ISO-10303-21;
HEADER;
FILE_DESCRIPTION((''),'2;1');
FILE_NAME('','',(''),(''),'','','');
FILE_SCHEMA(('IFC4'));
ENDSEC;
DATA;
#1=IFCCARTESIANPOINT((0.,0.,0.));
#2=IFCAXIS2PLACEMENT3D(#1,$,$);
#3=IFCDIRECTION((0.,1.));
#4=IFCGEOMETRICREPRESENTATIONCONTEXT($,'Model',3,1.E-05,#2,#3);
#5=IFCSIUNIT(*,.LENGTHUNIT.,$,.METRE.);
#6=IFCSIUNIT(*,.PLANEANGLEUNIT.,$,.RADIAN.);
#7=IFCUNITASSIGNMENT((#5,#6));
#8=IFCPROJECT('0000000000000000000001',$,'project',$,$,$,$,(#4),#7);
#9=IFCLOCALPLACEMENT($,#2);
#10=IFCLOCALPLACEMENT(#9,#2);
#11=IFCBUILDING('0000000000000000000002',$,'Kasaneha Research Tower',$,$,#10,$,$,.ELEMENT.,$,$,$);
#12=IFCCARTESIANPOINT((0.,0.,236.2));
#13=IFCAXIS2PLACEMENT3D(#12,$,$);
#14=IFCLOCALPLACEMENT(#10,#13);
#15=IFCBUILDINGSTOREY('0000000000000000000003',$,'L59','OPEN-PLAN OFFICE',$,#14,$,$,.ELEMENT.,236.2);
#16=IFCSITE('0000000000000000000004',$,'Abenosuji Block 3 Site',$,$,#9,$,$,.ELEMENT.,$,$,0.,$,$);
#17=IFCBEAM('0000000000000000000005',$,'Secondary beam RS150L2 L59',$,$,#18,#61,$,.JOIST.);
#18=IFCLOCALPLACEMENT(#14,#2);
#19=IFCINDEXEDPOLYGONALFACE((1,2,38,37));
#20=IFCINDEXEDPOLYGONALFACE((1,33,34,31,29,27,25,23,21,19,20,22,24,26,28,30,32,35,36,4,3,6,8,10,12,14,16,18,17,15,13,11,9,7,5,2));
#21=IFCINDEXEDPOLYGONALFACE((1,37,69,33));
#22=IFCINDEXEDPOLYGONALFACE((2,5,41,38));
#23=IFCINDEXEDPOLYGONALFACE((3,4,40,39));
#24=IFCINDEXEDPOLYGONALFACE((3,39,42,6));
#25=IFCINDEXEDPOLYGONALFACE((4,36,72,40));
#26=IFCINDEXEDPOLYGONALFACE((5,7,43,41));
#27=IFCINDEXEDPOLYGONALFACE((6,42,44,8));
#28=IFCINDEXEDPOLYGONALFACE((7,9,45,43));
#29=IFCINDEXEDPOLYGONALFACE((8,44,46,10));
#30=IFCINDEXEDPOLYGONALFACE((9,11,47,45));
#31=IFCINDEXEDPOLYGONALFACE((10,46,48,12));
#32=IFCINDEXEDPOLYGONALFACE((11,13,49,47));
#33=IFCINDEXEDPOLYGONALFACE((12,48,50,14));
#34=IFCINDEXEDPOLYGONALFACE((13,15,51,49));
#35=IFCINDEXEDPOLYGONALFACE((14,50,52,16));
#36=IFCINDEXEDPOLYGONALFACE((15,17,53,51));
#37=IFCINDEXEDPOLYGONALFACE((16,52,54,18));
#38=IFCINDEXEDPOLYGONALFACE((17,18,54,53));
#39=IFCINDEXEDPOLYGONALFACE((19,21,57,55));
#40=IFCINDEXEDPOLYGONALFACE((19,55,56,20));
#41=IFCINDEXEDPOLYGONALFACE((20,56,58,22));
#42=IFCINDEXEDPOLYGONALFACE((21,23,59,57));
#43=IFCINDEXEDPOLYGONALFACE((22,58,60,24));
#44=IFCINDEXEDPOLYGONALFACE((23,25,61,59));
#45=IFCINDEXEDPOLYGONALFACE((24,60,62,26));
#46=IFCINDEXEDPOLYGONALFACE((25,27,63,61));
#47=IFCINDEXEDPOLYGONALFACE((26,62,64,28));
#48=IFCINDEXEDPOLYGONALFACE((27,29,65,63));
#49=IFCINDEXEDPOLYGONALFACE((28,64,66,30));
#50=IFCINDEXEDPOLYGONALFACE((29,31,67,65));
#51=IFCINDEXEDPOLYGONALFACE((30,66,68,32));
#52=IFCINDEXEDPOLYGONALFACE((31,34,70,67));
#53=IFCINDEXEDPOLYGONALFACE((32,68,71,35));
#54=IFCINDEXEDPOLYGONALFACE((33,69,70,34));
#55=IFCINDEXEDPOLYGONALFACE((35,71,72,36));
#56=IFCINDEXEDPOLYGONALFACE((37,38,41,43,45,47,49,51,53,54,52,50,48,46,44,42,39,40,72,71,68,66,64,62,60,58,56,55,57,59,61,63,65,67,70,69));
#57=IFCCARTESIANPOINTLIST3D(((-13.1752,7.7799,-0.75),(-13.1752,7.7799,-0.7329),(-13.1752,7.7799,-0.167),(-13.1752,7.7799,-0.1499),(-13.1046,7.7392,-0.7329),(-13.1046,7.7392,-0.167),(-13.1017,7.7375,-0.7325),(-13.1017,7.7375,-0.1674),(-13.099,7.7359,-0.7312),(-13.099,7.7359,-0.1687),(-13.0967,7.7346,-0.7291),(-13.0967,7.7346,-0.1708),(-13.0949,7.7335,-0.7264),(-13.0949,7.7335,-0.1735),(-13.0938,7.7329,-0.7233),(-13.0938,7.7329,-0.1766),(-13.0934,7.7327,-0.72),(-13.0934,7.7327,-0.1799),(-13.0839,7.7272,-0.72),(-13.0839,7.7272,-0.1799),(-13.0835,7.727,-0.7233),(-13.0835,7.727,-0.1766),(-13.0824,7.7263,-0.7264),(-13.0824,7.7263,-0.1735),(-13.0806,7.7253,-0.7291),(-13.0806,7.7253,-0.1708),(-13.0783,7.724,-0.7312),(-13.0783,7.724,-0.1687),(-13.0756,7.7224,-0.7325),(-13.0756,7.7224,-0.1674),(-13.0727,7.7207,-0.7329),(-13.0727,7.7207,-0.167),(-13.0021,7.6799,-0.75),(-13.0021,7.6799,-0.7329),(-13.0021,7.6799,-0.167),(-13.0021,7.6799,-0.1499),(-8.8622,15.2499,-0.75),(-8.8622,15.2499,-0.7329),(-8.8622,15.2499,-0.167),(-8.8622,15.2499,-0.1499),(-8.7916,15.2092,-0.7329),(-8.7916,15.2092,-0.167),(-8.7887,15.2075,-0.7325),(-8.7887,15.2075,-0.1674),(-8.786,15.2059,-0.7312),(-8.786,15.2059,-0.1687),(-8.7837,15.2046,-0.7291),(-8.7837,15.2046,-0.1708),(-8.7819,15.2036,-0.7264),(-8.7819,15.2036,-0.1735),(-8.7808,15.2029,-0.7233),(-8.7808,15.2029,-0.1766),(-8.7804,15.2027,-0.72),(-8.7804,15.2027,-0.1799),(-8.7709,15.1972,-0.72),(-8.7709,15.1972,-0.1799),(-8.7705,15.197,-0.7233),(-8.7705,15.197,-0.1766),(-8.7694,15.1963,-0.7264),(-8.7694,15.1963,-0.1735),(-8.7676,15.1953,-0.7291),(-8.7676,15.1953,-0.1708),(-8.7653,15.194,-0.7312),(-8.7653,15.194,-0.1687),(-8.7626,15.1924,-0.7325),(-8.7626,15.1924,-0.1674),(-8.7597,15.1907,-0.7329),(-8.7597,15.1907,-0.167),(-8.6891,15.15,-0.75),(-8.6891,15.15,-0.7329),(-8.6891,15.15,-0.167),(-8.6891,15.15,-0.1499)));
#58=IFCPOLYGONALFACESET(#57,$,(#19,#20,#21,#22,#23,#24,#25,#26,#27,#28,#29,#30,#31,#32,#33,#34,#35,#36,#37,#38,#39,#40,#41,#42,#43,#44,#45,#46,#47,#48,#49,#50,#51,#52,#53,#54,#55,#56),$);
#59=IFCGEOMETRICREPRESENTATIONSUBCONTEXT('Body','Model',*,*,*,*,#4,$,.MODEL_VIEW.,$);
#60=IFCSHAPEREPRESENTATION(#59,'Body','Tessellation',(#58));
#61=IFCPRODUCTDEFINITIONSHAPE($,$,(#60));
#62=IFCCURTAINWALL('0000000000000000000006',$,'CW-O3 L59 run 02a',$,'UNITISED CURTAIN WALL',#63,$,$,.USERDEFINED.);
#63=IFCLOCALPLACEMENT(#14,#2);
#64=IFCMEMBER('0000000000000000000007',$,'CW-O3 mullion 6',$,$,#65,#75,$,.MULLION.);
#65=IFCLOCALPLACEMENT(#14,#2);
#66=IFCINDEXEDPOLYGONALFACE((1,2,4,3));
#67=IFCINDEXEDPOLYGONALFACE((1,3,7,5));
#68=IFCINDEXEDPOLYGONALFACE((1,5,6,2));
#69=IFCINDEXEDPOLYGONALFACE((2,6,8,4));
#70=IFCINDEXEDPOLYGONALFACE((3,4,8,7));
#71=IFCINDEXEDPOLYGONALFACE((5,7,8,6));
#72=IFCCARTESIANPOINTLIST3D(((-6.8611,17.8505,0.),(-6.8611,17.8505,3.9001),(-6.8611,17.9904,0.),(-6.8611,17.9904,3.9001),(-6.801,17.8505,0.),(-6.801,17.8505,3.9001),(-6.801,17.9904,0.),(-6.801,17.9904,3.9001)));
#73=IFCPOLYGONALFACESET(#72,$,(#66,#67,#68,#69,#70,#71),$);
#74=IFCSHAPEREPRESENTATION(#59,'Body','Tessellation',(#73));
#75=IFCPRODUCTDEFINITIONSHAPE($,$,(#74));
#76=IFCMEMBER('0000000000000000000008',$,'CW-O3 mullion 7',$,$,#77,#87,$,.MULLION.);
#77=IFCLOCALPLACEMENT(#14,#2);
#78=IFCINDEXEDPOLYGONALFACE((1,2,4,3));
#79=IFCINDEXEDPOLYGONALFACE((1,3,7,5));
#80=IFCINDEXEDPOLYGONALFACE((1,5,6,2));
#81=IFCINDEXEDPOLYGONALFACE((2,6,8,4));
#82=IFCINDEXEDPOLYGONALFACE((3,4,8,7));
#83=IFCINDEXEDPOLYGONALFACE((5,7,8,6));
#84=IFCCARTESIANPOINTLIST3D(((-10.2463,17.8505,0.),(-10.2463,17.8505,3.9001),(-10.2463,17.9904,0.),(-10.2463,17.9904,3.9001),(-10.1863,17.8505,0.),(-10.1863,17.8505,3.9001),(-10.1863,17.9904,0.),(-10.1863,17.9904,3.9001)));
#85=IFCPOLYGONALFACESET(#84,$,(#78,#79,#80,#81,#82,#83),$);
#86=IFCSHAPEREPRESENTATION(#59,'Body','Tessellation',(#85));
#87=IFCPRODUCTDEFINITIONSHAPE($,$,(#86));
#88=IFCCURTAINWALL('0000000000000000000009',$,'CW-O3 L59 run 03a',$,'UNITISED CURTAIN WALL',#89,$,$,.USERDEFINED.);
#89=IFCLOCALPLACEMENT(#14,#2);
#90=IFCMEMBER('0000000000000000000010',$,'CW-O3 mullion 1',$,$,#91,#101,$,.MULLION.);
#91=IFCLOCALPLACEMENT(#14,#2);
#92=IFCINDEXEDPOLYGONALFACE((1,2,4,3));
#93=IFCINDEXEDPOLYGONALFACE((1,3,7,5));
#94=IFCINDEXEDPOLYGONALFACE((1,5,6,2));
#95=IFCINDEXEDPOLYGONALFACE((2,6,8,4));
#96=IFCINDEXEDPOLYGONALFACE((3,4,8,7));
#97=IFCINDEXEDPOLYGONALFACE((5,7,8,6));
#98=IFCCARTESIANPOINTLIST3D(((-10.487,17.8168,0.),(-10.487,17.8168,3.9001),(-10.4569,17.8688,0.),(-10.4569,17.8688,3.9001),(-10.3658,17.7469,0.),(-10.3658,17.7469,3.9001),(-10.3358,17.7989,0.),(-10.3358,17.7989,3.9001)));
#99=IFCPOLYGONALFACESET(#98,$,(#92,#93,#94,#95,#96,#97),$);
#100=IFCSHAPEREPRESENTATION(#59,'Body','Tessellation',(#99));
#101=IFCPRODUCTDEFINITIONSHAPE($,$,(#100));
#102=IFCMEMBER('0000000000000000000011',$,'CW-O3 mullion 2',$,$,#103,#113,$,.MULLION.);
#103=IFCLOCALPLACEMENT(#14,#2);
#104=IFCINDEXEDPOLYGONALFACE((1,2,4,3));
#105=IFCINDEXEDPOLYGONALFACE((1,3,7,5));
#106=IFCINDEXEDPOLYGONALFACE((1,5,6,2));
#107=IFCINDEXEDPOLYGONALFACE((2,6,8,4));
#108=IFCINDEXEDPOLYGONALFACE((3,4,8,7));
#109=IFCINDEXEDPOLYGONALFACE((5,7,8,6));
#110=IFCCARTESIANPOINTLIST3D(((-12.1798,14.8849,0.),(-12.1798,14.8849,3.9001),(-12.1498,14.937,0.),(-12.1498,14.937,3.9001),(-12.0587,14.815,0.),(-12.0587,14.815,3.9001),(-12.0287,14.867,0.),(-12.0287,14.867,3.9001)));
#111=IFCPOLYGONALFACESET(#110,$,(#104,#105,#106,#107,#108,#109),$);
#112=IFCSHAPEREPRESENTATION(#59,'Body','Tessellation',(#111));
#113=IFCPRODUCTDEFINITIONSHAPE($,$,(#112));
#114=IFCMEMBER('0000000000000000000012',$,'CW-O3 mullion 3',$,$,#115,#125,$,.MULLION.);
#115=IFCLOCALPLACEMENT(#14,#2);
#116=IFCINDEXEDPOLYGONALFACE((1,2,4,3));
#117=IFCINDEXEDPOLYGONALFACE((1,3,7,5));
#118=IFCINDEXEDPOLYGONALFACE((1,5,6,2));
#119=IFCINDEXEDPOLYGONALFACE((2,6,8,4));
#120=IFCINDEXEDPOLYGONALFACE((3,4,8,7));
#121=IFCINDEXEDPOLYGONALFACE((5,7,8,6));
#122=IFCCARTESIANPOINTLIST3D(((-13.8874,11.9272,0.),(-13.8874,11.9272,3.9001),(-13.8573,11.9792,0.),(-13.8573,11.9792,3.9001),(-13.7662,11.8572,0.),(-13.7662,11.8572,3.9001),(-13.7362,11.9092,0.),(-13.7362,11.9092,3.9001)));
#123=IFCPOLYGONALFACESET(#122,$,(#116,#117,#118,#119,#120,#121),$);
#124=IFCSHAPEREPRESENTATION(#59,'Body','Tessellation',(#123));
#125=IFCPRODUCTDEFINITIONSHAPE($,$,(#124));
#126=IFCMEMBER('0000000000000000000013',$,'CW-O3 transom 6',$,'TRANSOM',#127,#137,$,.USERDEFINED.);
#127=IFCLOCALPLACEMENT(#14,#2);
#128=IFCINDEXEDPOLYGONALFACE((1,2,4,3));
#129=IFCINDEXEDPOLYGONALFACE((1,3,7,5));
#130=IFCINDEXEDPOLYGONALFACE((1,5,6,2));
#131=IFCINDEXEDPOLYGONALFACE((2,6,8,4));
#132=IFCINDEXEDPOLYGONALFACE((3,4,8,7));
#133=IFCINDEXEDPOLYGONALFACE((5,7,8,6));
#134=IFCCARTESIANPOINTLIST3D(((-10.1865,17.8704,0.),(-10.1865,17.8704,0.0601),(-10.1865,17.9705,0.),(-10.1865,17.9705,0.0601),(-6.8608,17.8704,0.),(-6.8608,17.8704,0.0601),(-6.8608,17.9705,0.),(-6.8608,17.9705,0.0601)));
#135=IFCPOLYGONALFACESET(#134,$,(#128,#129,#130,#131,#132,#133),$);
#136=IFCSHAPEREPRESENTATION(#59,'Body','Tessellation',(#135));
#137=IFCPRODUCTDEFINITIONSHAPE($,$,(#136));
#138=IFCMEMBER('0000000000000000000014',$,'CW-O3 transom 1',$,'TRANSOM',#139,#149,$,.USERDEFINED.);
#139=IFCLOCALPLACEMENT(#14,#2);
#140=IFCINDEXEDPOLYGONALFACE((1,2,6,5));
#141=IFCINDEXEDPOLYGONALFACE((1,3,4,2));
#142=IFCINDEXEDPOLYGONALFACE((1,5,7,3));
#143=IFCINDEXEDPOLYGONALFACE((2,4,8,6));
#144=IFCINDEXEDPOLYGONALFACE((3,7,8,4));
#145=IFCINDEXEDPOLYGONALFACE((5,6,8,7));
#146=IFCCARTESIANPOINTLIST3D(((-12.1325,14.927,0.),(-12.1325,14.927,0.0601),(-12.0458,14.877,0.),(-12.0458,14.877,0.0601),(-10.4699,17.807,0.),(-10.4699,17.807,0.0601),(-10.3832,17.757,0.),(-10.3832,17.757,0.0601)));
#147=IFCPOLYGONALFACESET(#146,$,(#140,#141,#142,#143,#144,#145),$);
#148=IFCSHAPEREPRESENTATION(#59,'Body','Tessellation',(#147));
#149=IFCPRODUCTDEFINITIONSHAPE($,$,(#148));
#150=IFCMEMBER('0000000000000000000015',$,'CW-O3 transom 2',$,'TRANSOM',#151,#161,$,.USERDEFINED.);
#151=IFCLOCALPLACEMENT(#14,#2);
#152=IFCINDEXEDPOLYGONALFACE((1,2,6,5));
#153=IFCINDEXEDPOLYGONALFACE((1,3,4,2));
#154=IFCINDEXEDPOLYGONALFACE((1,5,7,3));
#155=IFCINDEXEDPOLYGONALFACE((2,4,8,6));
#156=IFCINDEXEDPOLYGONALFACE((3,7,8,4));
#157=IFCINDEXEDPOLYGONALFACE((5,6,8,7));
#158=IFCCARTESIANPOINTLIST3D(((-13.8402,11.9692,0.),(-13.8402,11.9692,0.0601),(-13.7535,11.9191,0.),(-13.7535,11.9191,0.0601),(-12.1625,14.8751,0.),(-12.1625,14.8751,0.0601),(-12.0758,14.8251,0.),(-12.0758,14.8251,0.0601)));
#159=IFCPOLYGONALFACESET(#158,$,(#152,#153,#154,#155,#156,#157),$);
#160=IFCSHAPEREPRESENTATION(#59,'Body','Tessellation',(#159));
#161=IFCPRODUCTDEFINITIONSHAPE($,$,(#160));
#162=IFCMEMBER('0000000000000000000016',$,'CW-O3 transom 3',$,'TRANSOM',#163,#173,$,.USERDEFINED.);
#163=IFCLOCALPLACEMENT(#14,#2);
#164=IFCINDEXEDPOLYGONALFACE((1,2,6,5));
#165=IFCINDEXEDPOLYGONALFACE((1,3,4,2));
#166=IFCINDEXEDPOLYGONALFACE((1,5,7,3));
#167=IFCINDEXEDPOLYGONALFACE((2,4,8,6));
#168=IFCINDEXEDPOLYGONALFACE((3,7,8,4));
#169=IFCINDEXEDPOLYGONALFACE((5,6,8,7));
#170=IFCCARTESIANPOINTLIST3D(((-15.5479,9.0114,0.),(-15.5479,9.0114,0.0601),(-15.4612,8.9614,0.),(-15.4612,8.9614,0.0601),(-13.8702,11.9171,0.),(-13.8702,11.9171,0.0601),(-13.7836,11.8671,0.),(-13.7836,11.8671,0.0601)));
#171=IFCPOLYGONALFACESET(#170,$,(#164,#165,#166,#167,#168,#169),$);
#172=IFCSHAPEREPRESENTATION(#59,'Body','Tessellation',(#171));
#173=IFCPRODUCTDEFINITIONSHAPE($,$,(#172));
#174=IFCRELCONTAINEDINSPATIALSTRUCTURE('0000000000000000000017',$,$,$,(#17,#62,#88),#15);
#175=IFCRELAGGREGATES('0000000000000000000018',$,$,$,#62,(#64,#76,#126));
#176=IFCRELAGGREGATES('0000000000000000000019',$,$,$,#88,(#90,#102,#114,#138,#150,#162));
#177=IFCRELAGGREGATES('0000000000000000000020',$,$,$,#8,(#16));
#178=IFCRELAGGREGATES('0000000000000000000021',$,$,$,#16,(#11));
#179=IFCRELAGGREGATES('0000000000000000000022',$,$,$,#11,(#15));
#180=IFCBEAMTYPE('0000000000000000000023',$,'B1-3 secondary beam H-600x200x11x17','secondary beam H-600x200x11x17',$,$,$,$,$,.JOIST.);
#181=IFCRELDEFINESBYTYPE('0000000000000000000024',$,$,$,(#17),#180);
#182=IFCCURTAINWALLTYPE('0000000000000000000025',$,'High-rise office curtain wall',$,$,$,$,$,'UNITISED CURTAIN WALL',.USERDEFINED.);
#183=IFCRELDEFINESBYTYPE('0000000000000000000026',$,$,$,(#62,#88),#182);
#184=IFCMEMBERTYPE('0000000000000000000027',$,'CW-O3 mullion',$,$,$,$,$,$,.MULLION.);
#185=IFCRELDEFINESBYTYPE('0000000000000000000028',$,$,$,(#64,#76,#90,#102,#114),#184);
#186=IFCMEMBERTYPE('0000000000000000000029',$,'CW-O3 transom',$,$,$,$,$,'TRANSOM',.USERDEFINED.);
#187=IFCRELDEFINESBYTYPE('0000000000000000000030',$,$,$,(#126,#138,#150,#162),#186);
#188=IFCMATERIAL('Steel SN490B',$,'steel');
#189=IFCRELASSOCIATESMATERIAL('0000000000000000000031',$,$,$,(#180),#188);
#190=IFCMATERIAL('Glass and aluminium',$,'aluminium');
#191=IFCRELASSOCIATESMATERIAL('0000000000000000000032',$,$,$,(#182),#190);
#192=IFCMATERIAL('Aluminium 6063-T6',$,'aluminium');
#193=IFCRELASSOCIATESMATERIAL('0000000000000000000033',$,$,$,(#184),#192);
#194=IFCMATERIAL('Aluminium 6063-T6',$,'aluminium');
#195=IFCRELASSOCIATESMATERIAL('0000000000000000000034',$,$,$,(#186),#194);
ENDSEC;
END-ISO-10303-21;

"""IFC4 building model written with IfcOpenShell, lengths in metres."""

from ifc_helpers import new_model, si_unit, direction, frame, origin, origin_2d, place, context, subcontext, project, spatial, rectangle, i_section, extrude, material, material_profile, profile_set, type_object, element, aggregate, save


model = new_model("IFC4")

# Units and contexts
model_context = context("Model", 3, precision=1e-05, world=origin(), true_north=direction((0.0, 1.0)))
body_context = subcontext(model_context, "Body", "Model", "MODEL_VIEW")
ifc_project = project(units=[si_unit("LENGTHUNIT", "METRE"), si_unit("PLANEANGLEUNIT", "RADIAN")], contexts=[model_context])

# Site, building, storey
site_placement = place(None, origin())
site = spatial("IfcSite", under=ifc_project, at=site_placement, Name="Abenosuji Block 3 Site", CompositionType="ELEMENT", RefElevation=0.0)
building_placement = place(site_placement, origin())
building = spatial("IfcBuilding", under=site, at=building_placement, Name="Kasaneha Research Tower", CompositionType="ELEMENT")
storey_placement = place(building_placement, frame((0.0, 0.0, 236.2)))
storey = spatial("IfcBuildingStorey", under=building, at=storey_placement, Name="L59", Description="OPEN-PLAN OFFICE", CompositionType="ELEMENT", Elevation=236.2)

# Beam
ifc_material_1 = material(Name="Steel SN490B", Category="steel")
ifc_material_profile_1 = material_profile(ifc_material_1, i_section(OverallWidth=0.2, OverallDepth=0.6001, WebThickness=0.011, FlangeThickness=0.0171, FilletRadius=0.0129, at=origin_2d()), Name="H-600x200x11x17")
ifc_profile_set_1 = profile_set([ifc_material_profile_1], Name="Steel SN490B")
beam_type_1 = type_object("IfcBeamType", Name="B1-3 secondary beam H-600x200x11x17", Description="secondary beam H-600x200x11x17", PredefinedType="JOIST", material=ifc_profile_set_1)
beam_1_placement = place(storey_placement, frame((-8.7756, 15.2, -0.45), z_axis=(-0.500017, -0.866015, 0.0), x_axis=(0.866015, -0.500017, 0.0)))
element("IfcBeam", 1, at=beam_1_placement, inside=storey, type_object=beam_type_1, Name="Secondary beam RS150L2 L59", PredefinedType="JOIST", context=body_context, shape_type="SweptSolid", body=[
    extrude(i_section(OverallWidth=0.2, OverallDepth=0.6001, WebThickness=0.011, FlangeThickness=0.0171, FilletRadius=0.0129, at=origin_2d()), origin(), (0.0, 0.0, 1.0), 8.6257),
])

# Curtain walls, members
ifc_material_2 = material(Name="Glass and aluminium", Category="aluminium")
curtain_wall_type = type_object("IfcCurtainWallType", Name="High-rise office curtain wall", ElementType="UNITISED CURTAIN WALL", PredefinedType="USERDEFINED", material=ifc_material_2)
curtain_wall_1_placement = place(storey_placement, origin())
curtain_wall_1 = element("IfcCurtainWall", 2, at=curtain_wall_1_placement, inside=storey, type_object=curtain_wall_type, Name="CW-O3 L59 run 02a", ObjectType="UNITISED CURTAIN WALL", PredefinedType="USERDEFINED")
ifc_material_3 = material(Name="Aluminium 6063-T6", Category="aluminium")
ifc_material_profile_2 = material_profile(ifc_material_3, rectangle(XDim=0.0601, YDim=0.1399, at=origin_2d()), Name="CW-O3 mullion 60x140")
ifc_profile_set_2 = profile_set([ifc_material_profile_2], Name="Aluminium 6063-T6")
member_type_1 = type_object("IfcMemberType", Name="CW-O3 mullion", PredefinedType="MULLION", material=ifc_profile_set_2)
member_1_placement = place(storey_placement, frame((-6.8311, 17.9204, 0.0), z_axis=(0.0, 0.0, 1.0), x_axis=(-1.0, 0.0, 0.0)))
member_1 = element("IfcMember", 3, at=member_1_placement, type_object=member_type_1, Name="CW-O3 mullion 6", PredefinedType="MULLION", context=body_context, shape_type="SweptSolid", body=[
    extrude(rectangle(XDim=0.0601, YDim=0.1399, at=origin_2d()), origin(), (0.0, 0.0, 1.0), 3.9001),
])
member_2_placement = place(storey_placement, frame((-10.2163, 17.9204, 0.0), z_axis=(0.0, 0.0, 1.0), x_axis=(-1.0, 0.0, 0.0)))
member_2 = element("IfcMember", 4, at=member_2_placement, type_object=member_type_1, Name="CW-O3 mullion 7", PredefinedType="MULLION", context=body_context, shape_type="SweptSolid", body=[
    extrude(rectangle(XDim=0.0601, YDim=0.1399, at=origin_2d()), origin(), (0.0, 0.0, 1.0), 3.9001),
])
curtain_wall_2_placement = place(storey_placement, origin())
curtain_wall_2 = element("IfcCurtainWall", 5, at=curtain_wall_2_placement, inside=storey, type_object=curtain_wall_type, Name="CW-O3 L59 run 03a", ObjectType="UNITISED CURTAIN WALL", PredefinedType="USERDEFINED")
member_3_placement = place(storey_placement, frame((-10.4114, 17.8079, 0.0), z_axis=(0.0, 0.0, 1.0), x_axis=(-0.5, -0.866025, 0.0)))
member_3 = element("IfcMember", 6, at=member_3_placement, type_object=member_type_1, Name="CW-O3 mullion 1", PredefinedType="MULLION", context=body_context, shape_type="SweptSolid", body=[
    extrude(rectangle(XDim=0.0601, YDim=0.1399, at=origin_2d()), origin(), (0.0, 0.0, 1.0), 3.9001),
])
member_4_placement = place(storey_placement, frame((-12.1042, 14.876, 0.0), z_axis=(0.0, 0.0, 1.0), x_axis=(-0.5, -0.866025, 0.0)))
member_4 = element("IfcMember", 7, at=member_4_placement, type_object=member_type_1, Name="CW-O3 mullion 2", PredefinedType="MULLION", context=body_context, shape_type="SweptSolid", body=[
    extrude(rectangle(XDim=0.0601, YDim=0.1399, at=origin_2d()), origin(), (0.0, 0.0, 1.0), 3.9001),
])
member_5_placement = place(storey_placement, frame((-13.8118, 11.9182, 0.0), z_axis=(0.0, 0.0, 1.0), x_axis=(-0.5, -0.866025, 0.0)))
member_5 = element("IfcMember", 8, at=member_5_placement, type_object=member_type_1, Name="CW-O3 mullion 3", PredefinedType="MULLION", context=body_context, shape_type="SweptSolid", body=[
    extrude(rectangle(XDim=0.0601, YDim=0.1399, at=origin_2d()), origin(), (0.0, 0.0, 1.0), 3.9001),
])

# Members
ifc_material_4 = material(Name="Aluminium 6063-T6", Category="aluminium")
ifc_material_profile_3 = material_profile(ifc_material_4, rectangle(XDim=0.1001, YDim=0.0601, at=origin_2d()), Name="CW-O3 transom 100x60")
ifc_profile_set_3 = profile_set([ifc_material_profile_3], Name="Aluminium 6063-T6")
member_type_2 = type_object("IfcMemberType", Name="CW-O3 transom", ElementType="TRANSOM", PredefinedType="USERDEFINED", material=ifc_profile_set_3)
member_6_placement = place(storey_placement, frame((-6.8608, 17.9204, 0.03), z_axis=(-1.0, 0.0, 0.0), x_axis=(0.0, -1.0, 0.0)))
member_6 = element("IfcMember", 9, at=member_6_placement, type_object=member_type_2, Name="CW-O3 transom 6", ObjectType="TRANSOM", PredefinedType="USERDEFINED", context=body_context, shape_type="SweptSolid", body=[
    extrude(rectangle(XDim=0.1001, YDim=0.0601, at=origin_2d()), origin(), (0.0, 0.0, 1.0), 3.3257),
])
member_7_placement = place(storey_placement, frame((-10.4265, 17.782, 0.03), z_axis=(-0.499977, -0.866039, 0.0), x_axis=(0.866039, -0.499977, 0.0)))
member_7 = element("IfcMember", 10, at=member_7_placement, type_object=member_type_2, Name="CW-O3 transom 1", ObjectType="TRANSOM", PredefinedType="USERDEFINED", context=body_context, shape_type="SweptSolid", body=[
    extrude(rectangle(XDim=0.1001, YDim=0.0601, at=origin_2d()), origin(), (0.0, 0.0, 1.0), 3.3254),
])
member_8_placement = place(storey_placement, frame((-12.1191, 14.8501, 0.03), z_axis=(-0.499989, -0.866032, 0.0), x_axis=(0.866032, -0.499989, 0.0)))
member_8 = element("IfcMember", 11, at=member_8_placement, type_object=member_type_2, Name="CW-O3 transom 2", ObjectType="TRANSOM", PredefinedType="USERDEFINED", context=body_context, shape_type="SweptSolid", body=[
    extrude(rectangle(XDim=0.1001, YDim=0.0601, at=origin_2d()), origin(), (0.0, 0.0, 1.0), 3.3555),
])
member_9_placement = place(storey_placement, frame((-13.8269, 11.8921, 0.03), z_axis=(-0.500021, -0.866014, 0.0), x_axis=(0.866014, -0.500021, 0.0)))
member_9 = element("IfcMember", 12, at=member_9_placement, type_object=member_type_2, Name="CW-O3 transom 3", ObjectType="TRANSOM", PredefinedType="USERDEFINED", context=body_context, shape_type="SweptSolid", body=[
    extrude(rectangle(XDim=0.1001, YDim=0.0601, at=origin_2d()), origin(), (0.0, 0.0, 1.0), 3.3552),
])

aggregate(curtain_wall_1, [member_1, member_2, member_6])
aggregate(curtain_wall_2, [member_3, member_4, member_5, member_7, member_8, member_9])

save(model, "model.ifc")
